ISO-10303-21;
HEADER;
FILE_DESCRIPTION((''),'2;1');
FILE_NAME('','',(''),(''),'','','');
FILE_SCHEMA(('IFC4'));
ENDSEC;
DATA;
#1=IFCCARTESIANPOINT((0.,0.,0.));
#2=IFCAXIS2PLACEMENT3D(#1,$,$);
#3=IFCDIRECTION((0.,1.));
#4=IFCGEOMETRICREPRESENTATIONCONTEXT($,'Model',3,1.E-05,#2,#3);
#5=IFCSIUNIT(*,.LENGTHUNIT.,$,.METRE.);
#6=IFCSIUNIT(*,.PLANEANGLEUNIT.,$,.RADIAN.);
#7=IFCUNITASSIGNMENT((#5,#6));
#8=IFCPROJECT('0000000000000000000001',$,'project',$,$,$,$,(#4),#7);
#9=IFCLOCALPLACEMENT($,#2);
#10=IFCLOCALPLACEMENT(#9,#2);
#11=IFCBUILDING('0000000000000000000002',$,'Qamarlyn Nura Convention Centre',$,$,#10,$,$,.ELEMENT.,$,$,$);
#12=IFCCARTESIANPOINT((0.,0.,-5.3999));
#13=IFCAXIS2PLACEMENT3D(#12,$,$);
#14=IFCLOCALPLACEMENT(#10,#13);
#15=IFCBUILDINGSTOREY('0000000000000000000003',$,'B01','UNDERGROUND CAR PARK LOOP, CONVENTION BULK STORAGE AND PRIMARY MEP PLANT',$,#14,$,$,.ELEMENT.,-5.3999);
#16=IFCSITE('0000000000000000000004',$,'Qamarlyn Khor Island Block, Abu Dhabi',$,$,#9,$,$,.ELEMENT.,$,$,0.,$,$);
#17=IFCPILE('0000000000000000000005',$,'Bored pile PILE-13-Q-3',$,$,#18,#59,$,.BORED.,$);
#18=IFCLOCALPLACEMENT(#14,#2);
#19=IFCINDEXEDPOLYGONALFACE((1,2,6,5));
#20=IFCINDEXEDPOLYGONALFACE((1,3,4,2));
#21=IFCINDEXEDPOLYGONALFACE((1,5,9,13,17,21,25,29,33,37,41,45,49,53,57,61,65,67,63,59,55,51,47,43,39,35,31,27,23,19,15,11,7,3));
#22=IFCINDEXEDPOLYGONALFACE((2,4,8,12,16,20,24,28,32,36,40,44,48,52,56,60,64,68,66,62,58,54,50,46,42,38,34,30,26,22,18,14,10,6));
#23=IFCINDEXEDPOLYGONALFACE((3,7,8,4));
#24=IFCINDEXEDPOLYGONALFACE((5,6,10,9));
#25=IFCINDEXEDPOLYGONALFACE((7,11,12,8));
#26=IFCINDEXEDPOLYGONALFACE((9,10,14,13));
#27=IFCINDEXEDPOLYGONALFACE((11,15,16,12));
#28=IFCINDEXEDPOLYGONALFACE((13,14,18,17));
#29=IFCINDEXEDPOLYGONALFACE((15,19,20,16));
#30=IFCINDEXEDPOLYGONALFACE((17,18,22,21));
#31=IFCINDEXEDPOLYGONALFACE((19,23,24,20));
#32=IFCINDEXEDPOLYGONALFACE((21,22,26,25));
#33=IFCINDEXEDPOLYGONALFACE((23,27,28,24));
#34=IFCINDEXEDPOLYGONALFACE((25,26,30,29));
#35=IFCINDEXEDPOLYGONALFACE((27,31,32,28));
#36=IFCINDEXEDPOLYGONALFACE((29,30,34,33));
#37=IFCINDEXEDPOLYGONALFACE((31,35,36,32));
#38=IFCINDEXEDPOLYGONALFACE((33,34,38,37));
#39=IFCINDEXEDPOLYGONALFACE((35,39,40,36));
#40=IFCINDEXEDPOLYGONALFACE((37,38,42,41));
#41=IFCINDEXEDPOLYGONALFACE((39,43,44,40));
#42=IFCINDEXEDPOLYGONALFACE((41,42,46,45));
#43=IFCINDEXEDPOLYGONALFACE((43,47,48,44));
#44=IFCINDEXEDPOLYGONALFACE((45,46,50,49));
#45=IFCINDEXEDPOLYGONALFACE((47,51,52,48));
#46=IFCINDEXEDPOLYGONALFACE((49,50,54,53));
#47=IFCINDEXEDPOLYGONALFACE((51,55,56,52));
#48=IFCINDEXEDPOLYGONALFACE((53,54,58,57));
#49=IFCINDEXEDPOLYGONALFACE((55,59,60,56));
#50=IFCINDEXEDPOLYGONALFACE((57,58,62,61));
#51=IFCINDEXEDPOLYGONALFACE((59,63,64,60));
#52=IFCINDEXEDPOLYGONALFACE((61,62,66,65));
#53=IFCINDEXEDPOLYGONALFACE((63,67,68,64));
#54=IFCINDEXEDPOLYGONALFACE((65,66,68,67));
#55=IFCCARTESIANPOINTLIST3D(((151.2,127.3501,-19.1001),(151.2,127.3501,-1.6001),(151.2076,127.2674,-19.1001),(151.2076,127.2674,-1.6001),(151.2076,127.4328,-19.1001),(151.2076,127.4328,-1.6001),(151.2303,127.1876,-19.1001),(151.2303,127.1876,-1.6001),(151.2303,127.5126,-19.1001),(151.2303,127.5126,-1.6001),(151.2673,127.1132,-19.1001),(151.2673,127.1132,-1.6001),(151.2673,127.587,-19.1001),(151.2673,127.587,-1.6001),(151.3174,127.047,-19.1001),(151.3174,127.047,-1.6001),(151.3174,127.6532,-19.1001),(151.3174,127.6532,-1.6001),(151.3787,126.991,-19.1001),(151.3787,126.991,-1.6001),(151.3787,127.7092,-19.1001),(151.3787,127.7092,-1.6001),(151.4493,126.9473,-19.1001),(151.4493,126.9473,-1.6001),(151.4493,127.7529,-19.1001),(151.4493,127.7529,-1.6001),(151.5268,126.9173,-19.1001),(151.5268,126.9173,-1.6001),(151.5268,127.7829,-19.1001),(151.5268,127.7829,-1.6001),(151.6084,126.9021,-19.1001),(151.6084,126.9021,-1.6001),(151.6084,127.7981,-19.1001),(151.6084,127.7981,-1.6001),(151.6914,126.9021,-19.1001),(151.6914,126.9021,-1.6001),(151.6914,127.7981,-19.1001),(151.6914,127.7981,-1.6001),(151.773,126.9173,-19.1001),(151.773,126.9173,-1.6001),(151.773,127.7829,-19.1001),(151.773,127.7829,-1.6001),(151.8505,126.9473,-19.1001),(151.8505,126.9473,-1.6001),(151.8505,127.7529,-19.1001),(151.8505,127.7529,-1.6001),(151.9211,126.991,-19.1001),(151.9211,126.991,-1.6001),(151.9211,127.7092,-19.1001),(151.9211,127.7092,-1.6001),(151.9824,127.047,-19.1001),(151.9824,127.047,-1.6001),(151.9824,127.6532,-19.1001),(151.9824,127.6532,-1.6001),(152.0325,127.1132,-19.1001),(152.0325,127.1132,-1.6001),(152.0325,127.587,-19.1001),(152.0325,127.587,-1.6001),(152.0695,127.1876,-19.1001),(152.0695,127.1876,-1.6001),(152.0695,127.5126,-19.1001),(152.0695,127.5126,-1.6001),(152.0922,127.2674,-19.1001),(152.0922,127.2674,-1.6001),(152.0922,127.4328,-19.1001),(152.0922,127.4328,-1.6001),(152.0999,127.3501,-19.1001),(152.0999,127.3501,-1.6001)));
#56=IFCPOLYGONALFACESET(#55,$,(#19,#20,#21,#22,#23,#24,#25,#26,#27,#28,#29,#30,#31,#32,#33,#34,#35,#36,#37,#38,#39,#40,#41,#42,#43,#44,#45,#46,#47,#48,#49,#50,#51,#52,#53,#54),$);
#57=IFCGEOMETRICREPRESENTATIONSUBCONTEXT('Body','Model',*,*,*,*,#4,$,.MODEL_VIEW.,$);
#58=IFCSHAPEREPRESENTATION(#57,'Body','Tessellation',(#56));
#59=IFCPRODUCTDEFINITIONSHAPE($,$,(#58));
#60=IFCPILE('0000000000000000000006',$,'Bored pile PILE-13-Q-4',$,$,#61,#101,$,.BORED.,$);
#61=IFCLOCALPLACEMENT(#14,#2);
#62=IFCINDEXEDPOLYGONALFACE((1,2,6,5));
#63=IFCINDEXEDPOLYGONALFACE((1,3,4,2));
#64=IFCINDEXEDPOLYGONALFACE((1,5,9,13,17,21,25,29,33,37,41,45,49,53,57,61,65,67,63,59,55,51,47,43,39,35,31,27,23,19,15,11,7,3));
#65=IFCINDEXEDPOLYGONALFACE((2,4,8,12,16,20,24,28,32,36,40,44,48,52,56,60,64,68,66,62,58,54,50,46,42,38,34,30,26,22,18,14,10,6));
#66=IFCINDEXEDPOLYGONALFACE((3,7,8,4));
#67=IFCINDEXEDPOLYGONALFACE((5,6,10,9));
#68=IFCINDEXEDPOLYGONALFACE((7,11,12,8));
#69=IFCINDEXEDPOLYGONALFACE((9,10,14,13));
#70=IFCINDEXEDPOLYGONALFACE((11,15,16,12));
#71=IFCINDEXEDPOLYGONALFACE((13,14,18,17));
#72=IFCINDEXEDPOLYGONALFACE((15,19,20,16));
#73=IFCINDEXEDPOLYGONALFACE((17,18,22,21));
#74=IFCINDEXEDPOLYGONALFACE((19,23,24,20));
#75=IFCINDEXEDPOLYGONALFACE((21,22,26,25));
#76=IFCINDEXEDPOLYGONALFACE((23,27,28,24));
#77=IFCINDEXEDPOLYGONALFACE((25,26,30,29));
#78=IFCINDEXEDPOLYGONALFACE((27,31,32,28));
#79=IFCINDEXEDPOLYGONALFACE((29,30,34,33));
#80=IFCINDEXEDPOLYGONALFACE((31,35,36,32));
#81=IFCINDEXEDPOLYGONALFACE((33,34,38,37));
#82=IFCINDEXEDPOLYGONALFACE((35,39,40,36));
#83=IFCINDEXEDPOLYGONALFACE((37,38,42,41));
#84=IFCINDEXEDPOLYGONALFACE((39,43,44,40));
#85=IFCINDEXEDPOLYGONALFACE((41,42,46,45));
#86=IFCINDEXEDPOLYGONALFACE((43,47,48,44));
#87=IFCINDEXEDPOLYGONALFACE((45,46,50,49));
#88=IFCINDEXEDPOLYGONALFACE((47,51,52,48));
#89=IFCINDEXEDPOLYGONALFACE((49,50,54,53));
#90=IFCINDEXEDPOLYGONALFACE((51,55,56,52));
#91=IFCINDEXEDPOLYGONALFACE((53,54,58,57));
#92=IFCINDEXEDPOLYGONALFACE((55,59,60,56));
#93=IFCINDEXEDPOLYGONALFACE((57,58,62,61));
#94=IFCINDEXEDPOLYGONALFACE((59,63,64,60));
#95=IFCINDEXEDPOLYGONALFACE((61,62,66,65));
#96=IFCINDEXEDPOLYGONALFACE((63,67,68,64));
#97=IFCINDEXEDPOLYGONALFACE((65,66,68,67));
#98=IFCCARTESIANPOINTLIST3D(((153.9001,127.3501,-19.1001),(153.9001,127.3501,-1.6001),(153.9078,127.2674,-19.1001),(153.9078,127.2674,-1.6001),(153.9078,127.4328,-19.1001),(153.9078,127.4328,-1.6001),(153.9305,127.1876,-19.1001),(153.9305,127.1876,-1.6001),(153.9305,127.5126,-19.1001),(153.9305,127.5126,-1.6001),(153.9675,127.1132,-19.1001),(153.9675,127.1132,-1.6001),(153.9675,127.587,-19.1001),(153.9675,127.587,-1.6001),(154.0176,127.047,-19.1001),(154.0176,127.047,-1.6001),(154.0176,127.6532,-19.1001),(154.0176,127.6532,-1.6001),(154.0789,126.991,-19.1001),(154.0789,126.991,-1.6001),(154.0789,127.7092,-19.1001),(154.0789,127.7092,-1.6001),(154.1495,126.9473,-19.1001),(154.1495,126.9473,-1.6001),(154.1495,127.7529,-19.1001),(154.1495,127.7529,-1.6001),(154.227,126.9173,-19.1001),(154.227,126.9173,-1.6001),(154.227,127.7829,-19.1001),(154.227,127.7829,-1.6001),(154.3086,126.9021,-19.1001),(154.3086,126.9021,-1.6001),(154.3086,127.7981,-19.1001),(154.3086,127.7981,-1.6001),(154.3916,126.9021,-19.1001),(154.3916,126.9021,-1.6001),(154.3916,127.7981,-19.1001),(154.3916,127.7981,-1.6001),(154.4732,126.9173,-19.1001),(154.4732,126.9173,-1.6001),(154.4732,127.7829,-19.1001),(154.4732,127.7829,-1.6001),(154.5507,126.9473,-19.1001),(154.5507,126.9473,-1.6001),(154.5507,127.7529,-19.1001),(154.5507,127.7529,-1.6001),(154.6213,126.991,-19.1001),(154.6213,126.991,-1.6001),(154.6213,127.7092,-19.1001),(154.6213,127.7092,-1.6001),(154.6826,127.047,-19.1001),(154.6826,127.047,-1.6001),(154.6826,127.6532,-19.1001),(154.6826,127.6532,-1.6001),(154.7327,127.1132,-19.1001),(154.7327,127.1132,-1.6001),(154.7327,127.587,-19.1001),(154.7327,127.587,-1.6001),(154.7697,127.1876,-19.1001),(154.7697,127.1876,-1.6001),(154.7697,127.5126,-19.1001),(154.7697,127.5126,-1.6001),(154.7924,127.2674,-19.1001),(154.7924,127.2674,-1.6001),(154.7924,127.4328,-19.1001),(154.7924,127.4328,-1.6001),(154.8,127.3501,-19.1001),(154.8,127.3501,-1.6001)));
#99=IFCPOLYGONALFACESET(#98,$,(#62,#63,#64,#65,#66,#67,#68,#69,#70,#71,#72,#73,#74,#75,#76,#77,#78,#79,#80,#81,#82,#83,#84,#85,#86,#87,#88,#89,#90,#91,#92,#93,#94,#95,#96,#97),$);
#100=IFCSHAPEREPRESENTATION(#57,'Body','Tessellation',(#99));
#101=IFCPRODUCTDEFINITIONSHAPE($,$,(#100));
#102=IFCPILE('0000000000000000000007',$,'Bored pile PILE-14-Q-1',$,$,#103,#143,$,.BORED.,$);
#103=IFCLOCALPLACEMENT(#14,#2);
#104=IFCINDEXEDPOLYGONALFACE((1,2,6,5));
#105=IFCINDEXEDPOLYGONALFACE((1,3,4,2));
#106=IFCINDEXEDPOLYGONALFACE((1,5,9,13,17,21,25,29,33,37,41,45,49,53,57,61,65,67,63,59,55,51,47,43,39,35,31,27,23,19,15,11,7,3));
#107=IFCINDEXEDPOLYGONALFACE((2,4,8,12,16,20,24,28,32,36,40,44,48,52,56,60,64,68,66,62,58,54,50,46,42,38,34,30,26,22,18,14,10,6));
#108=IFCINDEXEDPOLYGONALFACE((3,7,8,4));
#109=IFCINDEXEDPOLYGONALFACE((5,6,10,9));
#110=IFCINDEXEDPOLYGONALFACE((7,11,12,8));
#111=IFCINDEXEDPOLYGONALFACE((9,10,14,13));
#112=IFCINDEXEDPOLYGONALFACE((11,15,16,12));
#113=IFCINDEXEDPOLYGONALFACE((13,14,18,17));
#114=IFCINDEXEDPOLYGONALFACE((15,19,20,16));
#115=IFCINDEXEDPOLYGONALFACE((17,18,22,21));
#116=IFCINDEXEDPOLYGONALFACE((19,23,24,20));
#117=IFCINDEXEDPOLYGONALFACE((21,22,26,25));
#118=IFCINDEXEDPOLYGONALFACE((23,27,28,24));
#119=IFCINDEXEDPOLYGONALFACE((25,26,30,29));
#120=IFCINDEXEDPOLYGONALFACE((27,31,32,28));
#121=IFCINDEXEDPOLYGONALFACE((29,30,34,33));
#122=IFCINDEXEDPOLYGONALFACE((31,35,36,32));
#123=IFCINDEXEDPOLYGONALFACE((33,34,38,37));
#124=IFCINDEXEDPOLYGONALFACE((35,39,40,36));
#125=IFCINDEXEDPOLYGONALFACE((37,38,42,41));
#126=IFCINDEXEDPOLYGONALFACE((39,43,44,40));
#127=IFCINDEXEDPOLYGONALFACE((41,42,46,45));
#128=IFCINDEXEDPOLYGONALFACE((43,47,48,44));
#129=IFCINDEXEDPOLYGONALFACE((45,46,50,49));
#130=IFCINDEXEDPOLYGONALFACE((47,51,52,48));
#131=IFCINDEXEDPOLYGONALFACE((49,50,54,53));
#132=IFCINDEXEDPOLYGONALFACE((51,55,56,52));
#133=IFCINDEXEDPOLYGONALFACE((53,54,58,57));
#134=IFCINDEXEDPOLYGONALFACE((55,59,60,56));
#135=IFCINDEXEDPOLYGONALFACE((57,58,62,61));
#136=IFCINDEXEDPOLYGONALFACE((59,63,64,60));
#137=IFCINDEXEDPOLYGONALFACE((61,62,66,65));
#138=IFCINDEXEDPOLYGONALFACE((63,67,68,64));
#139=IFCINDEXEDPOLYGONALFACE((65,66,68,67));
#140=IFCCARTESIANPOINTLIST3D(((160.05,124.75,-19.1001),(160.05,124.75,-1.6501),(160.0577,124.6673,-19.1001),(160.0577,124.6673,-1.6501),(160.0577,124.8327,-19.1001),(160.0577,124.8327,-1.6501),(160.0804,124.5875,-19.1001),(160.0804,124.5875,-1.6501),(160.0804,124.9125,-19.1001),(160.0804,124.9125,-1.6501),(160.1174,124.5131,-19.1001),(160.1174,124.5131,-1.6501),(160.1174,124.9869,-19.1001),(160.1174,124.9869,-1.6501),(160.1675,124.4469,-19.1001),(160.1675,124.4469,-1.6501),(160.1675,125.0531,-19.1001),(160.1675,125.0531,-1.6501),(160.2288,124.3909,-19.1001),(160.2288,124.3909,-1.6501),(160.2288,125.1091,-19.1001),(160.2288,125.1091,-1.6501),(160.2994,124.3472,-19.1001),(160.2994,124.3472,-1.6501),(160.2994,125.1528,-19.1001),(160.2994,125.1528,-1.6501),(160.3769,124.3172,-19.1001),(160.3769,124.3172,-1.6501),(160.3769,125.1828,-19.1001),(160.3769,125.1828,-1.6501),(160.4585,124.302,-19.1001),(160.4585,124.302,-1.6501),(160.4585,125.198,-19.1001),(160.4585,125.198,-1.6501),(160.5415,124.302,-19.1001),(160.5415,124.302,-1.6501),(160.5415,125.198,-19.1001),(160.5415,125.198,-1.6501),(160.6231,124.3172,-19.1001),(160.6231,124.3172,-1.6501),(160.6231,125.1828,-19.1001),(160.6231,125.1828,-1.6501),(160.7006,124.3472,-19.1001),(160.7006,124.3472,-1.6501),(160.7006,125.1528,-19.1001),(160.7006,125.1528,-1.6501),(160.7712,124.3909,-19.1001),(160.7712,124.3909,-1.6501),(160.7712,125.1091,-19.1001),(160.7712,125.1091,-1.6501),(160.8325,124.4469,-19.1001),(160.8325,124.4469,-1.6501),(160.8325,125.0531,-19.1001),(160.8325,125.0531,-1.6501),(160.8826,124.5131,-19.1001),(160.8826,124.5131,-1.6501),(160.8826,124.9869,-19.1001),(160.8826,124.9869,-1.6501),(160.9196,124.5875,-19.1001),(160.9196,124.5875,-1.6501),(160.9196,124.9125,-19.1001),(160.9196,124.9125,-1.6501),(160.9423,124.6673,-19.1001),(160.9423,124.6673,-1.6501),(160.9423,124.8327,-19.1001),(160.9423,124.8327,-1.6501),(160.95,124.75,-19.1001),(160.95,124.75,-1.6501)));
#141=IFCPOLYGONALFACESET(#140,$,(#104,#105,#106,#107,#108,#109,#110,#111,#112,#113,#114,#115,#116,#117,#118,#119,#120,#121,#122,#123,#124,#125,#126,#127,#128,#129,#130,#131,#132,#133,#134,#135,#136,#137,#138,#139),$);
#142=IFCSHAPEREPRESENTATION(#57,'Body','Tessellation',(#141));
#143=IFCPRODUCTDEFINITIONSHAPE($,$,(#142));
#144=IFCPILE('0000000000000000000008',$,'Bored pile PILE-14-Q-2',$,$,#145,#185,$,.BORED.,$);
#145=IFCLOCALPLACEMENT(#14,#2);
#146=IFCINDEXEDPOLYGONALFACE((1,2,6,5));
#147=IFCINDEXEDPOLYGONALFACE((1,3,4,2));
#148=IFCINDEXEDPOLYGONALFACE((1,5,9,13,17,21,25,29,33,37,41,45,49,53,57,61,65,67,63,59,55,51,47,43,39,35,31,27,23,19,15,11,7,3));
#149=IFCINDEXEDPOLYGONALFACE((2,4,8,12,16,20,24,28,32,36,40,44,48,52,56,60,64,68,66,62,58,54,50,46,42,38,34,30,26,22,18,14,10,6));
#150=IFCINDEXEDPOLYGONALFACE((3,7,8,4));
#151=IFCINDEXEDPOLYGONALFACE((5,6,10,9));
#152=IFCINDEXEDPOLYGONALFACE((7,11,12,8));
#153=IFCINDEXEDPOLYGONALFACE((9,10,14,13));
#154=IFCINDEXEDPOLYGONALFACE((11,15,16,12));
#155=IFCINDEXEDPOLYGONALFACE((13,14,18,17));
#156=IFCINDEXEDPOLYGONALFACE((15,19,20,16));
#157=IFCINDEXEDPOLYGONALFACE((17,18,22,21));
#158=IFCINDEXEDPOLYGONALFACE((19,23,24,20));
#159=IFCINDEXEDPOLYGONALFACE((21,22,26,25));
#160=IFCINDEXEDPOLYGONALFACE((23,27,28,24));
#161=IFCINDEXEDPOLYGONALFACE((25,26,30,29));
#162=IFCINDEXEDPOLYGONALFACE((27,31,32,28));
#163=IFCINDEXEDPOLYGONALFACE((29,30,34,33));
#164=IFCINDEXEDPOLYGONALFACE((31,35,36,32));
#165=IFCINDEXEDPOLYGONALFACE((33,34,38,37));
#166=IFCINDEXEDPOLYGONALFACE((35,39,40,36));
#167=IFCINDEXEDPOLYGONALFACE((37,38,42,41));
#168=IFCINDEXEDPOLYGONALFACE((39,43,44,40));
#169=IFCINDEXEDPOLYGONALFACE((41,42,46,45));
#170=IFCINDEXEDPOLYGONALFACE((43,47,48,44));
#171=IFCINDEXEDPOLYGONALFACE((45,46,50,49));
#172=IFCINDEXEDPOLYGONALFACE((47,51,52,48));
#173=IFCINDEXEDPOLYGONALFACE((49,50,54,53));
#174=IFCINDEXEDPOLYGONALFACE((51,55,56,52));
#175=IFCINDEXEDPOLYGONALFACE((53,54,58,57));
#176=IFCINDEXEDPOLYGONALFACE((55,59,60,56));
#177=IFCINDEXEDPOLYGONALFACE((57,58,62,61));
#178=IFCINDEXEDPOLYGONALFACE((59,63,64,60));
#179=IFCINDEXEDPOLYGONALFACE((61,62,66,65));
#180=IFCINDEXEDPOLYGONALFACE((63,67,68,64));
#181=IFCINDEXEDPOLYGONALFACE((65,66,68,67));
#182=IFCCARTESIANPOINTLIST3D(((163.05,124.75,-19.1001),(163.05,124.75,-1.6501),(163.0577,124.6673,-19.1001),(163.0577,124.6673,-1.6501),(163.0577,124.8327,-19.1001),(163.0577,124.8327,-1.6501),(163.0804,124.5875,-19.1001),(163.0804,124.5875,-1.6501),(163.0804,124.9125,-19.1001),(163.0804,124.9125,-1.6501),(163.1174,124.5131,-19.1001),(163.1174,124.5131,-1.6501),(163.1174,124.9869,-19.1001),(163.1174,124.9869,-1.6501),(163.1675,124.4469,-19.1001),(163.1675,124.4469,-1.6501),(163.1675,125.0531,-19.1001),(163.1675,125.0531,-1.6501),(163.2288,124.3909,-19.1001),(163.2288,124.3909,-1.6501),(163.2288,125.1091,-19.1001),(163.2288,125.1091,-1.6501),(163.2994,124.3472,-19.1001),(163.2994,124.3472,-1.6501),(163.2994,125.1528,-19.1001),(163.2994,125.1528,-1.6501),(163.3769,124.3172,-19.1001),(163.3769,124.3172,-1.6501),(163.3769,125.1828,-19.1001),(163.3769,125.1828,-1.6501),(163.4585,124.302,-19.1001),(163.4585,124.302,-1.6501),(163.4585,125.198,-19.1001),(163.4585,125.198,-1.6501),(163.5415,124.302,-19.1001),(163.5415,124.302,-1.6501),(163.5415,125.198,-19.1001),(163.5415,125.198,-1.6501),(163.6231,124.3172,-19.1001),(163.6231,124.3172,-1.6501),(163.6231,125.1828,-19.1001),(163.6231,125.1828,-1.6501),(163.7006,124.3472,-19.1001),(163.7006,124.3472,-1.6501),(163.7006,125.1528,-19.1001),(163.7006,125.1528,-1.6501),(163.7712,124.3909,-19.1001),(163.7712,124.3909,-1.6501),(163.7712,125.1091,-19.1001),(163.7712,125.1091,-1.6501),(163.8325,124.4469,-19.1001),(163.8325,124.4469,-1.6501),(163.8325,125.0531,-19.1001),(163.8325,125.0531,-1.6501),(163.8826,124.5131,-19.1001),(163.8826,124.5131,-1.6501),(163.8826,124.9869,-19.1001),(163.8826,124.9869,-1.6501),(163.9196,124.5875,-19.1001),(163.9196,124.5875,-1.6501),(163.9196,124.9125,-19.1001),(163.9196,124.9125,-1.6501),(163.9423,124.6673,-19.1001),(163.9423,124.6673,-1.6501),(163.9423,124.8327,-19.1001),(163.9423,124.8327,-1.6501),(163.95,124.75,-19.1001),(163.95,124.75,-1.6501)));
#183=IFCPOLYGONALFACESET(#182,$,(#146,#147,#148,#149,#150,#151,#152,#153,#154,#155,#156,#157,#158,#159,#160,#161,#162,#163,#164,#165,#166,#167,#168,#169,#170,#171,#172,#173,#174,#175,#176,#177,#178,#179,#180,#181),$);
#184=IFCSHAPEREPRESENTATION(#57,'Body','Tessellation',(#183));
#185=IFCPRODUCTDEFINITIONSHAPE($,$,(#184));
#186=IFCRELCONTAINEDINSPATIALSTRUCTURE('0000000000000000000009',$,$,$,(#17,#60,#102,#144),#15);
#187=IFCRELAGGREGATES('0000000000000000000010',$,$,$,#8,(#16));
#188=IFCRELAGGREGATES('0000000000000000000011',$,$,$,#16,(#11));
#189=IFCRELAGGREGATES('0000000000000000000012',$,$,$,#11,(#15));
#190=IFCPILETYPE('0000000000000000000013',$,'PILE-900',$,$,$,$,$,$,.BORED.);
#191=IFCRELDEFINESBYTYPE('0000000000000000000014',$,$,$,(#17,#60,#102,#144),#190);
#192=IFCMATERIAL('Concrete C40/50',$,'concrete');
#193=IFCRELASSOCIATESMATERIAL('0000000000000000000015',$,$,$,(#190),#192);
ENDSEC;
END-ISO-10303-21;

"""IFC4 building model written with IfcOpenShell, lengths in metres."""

from ifc_helpers import new_model, si_unit, direction, frame, origin, origin_2d, place, context, subcontext, project, spatial, circle, extrude, material, material_profile, profile_set, type_object, element, save


model = new_model("IFC4")

# Units and contexts
model_context = context("Model", 3, precision=1e-05, world=origin(), true_north=direction((0.0, 1.0)))
body_context = subcontext(model_context, "Body", "Model", "MODEL_VIEW")
ifc_project = project(units=[si_unit("LENGTHUNIT", "METRE"), si_unit("PLANEANGLEUNIT", "RADIAN")], contexts=[model_context])

# Site, building, storey
site_placement = place(None, origin())
site = spatial("IfcSite", under=ifc_project, at=site_placement, Name="Qamarlyn Khor Island Block, Abu Dhabi", CompositionType="ELEMENT", RefElevation=0.0)
building_placement = place(site_placement, origin())
building = spatial("IfcBuilding", under=site, at=building_placement, Name="Qamarlyn Nura Convention Centre", CompositionType="ELEMENT")
storey_placement = place(building_placement, frame((0.0, 0.0, -5.3999)))
storey = spatial("IfcBuildingStorey", under=building, at=storey_placement, Name="B01", Description="UNDERGROUND CAR PARK LOOP, CONVENTION BULK STORAGE AND PRIMARY MEP PLANT", CompositionType="ELEMENT", Elevation=-5.3999)

# Shared definitions
ifc_material_1 = material(Name="Concrete C40/50", Category="concrete")

# Piles
ifc_material_profile_1 = material_profile(ifc_material_1, circle(Radius=0.45, at=origin_2d()), Name="BORED PILE 900")
ifc_profile_set_1 = profile_set([ifc_material_profile_1], Name="Concrete C40/50")
pile_type = type_object("IfcPileType", Name="PILE-900", PredefinedType="BORED", material=ifc_profile_set_1)
for number, where, z_axis, x_axis, name in (
    (1, (151.6499, 127.3501, -1.6001), (0.0, 0.0, -1.0), (1.0, 0.0, 0.0), "Bored pile PILE-13-Q-3"),
    (2, (154.3501, 127.3501, -1.6001), (0.0, 0.0, -1.0), (1.0, 0.0, 0.0), "Bored pile PILE-13-Q-4"),
):
    element("IfcPile", number, at=place(storey_placement, frame(where, z_axis=z_axis, x_axis=x_axis)), inside=storey, type_object=pile_type, Name=name, PredefinedType="BORED", context=body_context, shape_type="SweptSolid", body=[
        extrude(circle(Radius=0.45, at=origin_2d()), origin(), (0.0, 0.0, 1.0), 17.5),
    ])
for number, where, z_axis, x_axis, name in (
    (3, (160.5, 124.75, -1.6501), (0.0, 0.0, -1.0), (1.0, 0.0, 0.0), "Bored pile PILE-14-Q-1"),
    (4, (163.5, 124.75, -1.6501), (0.0, 0.0, -1.0), (1.0, 0.0, 0.0), "Bored pile PILE-14-Q-2"),
):
    element("IfcPile", number, at=place(storey_placement, frame(where, z_axis=z_axis, x_axis=x_axis)), inside=storey, type_object=pile_type, Name=name, PredefinedType="BORED", context=body_context, shape_type="SweptSolid", body=[
        extrude(circle(Radius=0.45, at=origin_2d()), origin(), (0.0, 0.0, 1.0), 17.45),
    ])

save(model, "model.ifc")
